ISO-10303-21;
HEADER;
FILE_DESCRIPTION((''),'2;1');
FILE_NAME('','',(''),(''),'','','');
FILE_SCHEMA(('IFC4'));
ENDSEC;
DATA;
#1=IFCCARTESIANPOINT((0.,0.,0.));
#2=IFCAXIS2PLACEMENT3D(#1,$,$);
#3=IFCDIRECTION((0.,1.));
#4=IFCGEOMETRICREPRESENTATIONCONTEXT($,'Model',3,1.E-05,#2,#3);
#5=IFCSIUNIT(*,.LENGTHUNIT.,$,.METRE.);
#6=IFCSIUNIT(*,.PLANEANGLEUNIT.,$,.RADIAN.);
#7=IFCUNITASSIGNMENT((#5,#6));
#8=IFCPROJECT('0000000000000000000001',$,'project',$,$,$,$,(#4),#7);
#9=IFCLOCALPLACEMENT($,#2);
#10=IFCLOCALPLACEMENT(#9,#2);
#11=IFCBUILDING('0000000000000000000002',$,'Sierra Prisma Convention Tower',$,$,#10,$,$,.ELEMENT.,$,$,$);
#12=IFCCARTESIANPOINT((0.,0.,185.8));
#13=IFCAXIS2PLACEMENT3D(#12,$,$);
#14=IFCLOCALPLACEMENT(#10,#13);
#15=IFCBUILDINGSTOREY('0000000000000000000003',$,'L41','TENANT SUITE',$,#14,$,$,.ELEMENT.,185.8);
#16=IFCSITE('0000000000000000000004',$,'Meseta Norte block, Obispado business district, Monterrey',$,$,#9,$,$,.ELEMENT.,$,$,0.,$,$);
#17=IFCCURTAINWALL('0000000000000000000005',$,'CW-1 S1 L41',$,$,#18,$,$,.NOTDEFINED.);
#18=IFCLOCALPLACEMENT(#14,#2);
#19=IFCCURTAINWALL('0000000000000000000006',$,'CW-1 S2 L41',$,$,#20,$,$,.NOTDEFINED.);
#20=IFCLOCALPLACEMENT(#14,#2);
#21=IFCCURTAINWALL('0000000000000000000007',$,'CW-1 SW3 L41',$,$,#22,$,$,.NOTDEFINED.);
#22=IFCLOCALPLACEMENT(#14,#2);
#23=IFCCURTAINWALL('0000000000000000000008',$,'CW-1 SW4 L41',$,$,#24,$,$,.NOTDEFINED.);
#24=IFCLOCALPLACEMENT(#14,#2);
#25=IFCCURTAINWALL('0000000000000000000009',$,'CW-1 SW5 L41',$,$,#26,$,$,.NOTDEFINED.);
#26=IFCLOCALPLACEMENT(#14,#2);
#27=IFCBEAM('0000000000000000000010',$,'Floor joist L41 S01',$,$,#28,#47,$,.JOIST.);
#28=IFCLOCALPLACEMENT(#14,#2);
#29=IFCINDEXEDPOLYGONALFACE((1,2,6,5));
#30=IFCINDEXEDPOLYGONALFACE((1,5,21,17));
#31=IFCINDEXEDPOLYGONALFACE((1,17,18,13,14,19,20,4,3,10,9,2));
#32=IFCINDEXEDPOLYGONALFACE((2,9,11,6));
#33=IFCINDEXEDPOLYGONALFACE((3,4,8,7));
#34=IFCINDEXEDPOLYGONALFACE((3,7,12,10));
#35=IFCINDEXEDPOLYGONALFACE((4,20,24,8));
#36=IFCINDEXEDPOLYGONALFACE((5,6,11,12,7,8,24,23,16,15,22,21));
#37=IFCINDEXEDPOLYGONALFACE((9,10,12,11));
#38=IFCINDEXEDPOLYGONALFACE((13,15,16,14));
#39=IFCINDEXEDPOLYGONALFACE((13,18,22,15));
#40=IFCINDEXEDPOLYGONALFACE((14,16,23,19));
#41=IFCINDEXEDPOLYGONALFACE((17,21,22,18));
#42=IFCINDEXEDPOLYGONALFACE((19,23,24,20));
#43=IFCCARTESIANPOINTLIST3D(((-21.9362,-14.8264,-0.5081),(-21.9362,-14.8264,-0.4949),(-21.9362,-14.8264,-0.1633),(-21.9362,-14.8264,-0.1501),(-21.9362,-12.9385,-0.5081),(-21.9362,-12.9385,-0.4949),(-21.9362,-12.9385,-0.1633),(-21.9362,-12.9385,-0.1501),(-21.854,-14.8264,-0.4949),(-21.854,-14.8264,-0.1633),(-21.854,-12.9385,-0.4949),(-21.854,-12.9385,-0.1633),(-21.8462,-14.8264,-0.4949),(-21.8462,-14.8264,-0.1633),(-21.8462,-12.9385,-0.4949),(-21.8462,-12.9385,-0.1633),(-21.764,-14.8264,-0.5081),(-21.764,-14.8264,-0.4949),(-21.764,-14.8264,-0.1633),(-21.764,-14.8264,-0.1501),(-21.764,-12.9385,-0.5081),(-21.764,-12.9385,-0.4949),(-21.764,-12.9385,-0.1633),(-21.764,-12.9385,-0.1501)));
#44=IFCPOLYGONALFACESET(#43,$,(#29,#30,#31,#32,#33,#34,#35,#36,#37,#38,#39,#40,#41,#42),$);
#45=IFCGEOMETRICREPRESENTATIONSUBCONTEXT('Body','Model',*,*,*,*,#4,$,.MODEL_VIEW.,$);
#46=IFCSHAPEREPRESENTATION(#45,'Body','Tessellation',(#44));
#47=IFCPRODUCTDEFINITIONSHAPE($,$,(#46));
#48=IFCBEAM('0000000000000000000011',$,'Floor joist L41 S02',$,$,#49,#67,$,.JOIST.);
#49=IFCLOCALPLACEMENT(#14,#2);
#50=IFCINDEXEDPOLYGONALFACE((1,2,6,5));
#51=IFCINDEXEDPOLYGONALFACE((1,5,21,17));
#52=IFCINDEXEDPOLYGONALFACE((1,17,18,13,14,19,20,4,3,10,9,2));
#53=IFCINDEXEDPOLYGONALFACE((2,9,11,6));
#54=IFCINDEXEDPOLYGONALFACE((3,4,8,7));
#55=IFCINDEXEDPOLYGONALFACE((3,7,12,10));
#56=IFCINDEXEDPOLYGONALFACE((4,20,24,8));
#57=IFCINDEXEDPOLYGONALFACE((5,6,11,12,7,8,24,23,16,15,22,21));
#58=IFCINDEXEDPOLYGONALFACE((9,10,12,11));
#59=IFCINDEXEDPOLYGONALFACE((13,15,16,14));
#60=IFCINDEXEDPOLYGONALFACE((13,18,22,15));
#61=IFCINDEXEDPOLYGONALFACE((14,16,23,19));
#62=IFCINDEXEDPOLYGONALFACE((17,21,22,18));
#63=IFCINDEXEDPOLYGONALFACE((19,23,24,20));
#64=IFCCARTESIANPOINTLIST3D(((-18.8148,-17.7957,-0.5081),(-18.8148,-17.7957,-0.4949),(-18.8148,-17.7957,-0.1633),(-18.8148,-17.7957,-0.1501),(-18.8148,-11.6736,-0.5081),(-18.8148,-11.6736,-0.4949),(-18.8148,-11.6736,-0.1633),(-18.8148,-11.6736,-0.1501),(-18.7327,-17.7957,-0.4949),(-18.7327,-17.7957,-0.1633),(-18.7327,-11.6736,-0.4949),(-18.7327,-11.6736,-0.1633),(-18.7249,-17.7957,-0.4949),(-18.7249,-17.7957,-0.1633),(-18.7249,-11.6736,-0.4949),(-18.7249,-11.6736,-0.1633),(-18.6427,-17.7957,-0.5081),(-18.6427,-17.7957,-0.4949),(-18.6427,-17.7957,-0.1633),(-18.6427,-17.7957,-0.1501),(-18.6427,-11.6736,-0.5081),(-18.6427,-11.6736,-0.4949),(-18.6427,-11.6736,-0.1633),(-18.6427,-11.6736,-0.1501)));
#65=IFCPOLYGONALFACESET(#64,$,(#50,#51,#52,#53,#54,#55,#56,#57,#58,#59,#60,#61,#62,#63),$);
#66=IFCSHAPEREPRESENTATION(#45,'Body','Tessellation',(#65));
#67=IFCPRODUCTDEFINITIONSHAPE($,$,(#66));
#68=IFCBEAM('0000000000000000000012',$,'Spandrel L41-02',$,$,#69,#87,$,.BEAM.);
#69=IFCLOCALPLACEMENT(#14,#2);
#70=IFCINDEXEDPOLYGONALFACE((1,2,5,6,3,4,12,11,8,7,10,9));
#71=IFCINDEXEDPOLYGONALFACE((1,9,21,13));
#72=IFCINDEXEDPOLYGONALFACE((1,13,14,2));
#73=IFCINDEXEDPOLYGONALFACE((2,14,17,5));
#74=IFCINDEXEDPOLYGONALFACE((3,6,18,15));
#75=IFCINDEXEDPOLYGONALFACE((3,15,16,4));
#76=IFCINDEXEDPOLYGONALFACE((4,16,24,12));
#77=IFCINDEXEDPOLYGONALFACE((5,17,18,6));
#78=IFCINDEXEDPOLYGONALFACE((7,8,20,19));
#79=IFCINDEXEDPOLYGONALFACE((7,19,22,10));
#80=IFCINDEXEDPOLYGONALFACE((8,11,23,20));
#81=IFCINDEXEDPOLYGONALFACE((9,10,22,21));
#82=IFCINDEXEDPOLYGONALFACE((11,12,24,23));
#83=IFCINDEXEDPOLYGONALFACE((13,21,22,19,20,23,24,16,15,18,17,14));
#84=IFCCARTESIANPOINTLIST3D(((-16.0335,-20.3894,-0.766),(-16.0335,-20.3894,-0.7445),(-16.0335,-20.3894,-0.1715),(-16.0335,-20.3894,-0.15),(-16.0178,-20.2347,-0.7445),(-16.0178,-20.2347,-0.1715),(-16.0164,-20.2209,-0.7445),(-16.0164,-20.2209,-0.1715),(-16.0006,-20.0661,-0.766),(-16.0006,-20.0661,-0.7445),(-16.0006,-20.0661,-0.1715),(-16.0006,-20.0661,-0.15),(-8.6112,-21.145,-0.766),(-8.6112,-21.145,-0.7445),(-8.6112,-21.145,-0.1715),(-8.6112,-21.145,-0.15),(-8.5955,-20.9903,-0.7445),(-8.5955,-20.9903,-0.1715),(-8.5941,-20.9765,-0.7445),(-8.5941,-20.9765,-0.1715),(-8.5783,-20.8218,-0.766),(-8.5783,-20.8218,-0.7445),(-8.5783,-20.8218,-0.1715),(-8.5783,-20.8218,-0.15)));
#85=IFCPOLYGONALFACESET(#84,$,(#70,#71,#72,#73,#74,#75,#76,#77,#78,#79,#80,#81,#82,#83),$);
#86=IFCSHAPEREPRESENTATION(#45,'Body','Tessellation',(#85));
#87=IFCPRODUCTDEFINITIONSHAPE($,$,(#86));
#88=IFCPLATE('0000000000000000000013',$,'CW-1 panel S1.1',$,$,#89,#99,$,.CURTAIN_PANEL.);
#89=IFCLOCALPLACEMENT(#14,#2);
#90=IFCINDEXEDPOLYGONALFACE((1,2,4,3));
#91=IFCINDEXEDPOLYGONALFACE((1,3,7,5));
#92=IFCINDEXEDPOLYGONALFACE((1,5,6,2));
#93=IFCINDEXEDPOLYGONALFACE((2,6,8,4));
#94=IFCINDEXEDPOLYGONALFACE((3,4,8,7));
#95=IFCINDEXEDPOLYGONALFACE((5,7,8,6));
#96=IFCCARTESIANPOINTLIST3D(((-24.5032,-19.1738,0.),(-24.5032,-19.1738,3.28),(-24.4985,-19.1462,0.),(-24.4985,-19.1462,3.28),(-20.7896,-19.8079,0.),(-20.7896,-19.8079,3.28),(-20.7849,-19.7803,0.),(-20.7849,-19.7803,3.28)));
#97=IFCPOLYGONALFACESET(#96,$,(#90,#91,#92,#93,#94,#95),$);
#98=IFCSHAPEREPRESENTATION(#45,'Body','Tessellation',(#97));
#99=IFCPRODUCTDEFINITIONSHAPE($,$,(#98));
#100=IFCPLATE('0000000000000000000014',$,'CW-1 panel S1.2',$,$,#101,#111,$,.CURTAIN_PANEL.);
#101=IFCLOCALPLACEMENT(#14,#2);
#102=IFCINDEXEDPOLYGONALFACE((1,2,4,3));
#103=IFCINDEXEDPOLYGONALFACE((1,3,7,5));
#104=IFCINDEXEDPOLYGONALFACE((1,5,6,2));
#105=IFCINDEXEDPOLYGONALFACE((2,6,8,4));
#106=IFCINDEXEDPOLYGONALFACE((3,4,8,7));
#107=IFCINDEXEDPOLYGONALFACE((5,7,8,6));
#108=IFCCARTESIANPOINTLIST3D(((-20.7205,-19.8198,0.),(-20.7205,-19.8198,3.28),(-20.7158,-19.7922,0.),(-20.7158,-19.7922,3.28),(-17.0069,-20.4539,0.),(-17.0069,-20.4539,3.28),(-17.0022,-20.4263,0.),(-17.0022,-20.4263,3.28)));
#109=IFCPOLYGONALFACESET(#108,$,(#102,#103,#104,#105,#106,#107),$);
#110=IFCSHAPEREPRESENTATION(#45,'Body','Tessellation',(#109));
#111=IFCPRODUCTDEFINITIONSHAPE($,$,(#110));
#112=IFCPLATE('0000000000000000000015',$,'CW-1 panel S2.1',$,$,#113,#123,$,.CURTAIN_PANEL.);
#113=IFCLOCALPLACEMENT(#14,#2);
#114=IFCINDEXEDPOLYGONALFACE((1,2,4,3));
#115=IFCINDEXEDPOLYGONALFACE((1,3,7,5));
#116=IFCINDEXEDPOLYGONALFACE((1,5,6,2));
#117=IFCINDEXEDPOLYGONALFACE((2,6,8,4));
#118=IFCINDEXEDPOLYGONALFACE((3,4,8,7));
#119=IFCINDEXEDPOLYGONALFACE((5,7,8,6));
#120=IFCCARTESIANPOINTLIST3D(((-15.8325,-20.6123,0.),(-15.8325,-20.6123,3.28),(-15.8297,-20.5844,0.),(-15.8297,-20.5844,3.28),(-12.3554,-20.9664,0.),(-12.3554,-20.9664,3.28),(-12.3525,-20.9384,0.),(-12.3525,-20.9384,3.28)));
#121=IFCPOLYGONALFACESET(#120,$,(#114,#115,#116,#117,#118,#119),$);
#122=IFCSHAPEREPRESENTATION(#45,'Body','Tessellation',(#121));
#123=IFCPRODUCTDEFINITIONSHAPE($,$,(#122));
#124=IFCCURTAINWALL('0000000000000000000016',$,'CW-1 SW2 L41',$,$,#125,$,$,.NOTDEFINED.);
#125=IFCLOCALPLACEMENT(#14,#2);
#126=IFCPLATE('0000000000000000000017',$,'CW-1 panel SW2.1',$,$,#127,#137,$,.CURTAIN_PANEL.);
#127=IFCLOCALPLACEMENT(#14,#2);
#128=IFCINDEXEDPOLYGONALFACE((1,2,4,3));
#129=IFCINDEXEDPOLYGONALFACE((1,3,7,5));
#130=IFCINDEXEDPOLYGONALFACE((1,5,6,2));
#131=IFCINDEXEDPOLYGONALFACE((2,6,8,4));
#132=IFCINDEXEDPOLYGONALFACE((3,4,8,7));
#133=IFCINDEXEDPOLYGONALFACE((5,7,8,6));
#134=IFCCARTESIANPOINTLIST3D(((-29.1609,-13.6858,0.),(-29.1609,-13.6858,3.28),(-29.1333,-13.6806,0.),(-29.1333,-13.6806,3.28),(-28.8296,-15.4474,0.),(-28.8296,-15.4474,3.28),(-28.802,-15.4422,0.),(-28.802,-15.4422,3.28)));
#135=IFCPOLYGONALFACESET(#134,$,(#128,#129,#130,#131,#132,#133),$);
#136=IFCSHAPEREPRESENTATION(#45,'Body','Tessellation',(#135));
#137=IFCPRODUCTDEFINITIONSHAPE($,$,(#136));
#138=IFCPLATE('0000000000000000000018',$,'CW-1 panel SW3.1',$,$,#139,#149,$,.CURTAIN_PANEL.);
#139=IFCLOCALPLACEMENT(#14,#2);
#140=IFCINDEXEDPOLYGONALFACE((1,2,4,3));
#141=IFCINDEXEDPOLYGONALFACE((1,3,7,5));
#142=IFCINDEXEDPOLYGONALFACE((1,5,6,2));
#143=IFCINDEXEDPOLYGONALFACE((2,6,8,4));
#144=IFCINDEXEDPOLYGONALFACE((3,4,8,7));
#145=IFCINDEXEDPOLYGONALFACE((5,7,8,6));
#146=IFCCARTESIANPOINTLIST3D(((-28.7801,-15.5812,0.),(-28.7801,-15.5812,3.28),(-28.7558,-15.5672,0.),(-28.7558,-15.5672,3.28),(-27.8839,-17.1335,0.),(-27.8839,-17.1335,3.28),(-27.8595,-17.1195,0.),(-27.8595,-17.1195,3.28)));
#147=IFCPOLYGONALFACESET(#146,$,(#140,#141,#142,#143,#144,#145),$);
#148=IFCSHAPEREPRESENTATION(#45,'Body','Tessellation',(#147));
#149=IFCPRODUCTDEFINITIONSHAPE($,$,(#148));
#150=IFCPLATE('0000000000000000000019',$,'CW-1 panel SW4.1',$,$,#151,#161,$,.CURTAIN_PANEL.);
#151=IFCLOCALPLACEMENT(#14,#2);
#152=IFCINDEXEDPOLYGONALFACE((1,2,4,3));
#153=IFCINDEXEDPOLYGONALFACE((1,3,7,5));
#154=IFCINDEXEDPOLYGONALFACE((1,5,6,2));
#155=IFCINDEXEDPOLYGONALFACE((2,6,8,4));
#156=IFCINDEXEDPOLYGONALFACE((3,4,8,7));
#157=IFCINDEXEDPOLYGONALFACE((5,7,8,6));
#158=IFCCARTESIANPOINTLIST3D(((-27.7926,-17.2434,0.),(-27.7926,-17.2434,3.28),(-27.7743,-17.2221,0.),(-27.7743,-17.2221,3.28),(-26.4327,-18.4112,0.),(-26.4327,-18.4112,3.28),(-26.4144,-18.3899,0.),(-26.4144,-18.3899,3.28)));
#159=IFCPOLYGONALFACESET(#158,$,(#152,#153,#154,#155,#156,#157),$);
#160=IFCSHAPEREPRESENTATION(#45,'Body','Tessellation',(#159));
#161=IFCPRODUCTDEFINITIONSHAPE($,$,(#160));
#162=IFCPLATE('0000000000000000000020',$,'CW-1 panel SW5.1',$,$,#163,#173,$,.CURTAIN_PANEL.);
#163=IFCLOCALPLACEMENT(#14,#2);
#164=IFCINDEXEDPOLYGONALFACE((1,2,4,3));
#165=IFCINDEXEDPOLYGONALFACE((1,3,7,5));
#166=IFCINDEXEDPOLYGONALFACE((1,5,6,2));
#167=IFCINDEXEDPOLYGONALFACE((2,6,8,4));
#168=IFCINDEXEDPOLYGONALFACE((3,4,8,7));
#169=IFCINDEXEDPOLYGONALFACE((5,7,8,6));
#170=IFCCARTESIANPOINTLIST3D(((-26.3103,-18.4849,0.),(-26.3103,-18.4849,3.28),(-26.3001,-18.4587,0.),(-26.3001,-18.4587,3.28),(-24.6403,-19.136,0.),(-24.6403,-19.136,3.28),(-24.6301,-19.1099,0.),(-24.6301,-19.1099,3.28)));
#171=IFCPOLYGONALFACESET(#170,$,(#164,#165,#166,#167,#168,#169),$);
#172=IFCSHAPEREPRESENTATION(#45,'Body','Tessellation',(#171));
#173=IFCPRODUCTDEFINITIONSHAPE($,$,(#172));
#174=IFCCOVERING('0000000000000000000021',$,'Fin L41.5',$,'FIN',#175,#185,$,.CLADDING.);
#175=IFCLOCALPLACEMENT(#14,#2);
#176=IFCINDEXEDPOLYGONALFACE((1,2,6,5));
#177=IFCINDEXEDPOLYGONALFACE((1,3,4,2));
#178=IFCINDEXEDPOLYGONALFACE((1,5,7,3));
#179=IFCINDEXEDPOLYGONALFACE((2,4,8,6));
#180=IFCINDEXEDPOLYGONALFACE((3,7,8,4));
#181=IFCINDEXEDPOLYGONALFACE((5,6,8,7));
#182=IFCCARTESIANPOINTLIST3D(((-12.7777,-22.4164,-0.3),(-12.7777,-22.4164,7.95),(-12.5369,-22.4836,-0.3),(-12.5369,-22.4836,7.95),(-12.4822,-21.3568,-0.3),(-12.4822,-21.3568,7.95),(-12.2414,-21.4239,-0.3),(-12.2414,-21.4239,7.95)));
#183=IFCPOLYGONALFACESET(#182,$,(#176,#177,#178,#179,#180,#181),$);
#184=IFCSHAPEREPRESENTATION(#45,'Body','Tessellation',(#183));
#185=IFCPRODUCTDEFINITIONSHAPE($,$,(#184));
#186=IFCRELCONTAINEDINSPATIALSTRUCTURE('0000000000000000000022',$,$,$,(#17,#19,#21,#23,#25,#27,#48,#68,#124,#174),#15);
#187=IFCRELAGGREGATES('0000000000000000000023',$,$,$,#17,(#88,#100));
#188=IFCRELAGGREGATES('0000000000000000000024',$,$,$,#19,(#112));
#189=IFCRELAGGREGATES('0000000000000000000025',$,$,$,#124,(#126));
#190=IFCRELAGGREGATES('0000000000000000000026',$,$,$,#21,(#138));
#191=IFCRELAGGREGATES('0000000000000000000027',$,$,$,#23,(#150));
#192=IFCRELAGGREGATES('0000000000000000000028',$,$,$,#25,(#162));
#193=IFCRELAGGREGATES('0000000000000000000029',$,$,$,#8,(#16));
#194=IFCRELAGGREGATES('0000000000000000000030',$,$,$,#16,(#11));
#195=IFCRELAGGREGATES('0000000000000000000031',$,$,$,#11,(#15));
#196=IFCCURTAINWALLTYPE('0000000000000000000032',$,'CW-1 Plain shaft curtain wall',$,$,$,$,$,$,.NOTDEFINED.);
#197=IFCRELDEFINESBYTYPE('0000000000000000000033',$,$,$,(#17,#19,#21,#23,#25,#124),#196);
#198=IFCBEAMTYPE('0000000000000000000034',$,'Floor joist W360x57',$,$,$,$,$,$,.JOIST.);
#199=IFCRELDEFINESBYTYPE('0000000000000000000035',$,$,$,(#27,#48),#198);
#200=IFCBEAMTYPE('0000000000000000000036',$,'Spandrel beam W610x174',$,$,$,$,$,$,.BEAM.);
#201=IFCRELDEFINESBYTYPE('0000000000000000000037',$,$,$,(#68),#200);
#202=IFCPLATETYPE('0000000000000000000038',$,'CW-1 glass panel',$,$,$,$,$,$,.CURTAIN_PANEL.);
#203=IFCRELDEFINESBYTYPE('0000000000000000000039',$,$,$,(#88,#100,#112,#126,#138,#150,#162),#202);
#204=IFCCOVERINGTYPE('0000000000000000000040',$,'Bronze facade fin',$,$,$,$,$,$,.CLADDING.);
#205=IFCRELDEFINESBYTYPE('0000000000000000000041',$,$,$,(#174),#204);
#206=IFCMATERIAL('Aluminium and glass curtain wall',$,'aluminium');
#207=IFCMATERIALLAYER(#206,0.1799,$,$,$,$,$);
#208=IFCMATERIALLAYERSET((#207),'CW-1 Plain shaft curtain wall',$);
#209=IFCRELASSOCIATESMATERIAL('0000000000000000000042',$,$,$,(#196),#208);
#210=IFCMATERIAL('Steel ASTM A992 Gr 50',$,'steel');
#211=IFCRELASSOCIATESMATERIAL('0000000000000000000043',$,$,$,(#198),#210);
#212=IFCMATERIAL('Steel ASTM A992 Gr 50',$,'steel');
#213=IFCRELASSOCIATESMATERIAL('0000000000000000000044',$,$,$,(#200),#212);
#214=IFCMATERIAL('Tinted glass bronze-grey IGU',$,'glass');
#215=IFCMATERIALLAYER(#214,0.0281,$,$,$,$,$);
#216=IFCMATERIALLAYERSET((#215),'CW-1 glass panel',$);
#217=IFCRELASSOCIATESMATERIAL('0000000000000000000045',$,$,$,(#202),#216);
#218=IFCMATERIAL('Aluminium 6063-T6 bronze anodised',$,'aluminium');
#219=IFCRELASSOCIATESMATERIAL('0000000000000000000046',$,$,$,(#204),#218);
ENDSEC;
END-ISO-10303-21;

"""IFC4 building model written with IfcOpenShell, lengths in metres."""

from ifc_helpers import new_model, si_unit, direction, frame, origin, origin_2d, place, context, subcontext, project, spatial, rectangle, i_section, extrude, material, layer, layer_set, material_profile, profile_set, type_object, element, aggregate, save


model = new_model("IFC4")

# Units and contexts
model_context = context("Model", 3, precision=1e-05, world=origin(), true_north=direction((0.0, 1.0)))
body_context = subcontext(model_context, "Body", "Model", "MODEL_VIEW")
ifc_project = project(units=[si_unit("LENGTHUNIT", "METRE"), si_unit("PLANEANGLEUNIT", "RADIAN")], contexts=[model_context])

# Site, building, storey
site_placement = place(None, origin())
site = spatial("IfcSite", under=ifc_project, at=site_placement, Name="Meseta Norte block, Obispado business district, Monterrey", CompositionType="ELEMENT", RefElevation=0.0)
building_placement = place(site_placement, origin())
building = spatial("IfcBuilding", under=site, at=building_placement, Name="Sierra Prisma Convention Tower", CompositionType="ELEMENT")
storey_placement = place(building_placement, frame((0.0, 0.0, 185.8)))
storey = spatial("IfcBuildingStorey", under=building, at=storey_placement, Name="L41", Description="TENANT SUITE", CompositionType="ELEMENT", Elevation=185.8)

# Curtain wall
ifc_material_1 = material(Name="Aluminium and glass curtain wall", Category="aluminium")
ifc_layer_1 = layer(ifc_material_1, 0.1799)
ifc_layer_set_1 = layer_set([ifc_layer_1], Name="CW-1 Plain shaft curtain wall")
curtain_wall_type = type_object("IfcCurtainWallType", Name="CW-1 Plain shaft curtain wall", PredefinedType="NOTDEFINED", material=ifc_layer_set_1)
curtain_wall_1_placement = place(storey_placement, origin())
curtain_wall_1 = element("IfcCurtainWall", 1, at=curtain_wall_1_placement, inside=storey, type_object=curtain_wall_type, Name="CW-1 S1 L41", PredefinedType="NOTDEFINED")

# Curtain walls
curtain_wall_2_placement = place(storey_placement, origin())
curtain_wall_2 = element("IfcCurtainWall", 2, at=curtain_wall_2_placement, inside=storey, type_object=curtain_wall_type, Name="CW-1 S2 L41", PredefinedType="NOTDEFINED")
curtain_wall_3_placement = place(storey_placement, origin())
curtain_wall_3 = element("IfcCurtainWall", 3, at=curtain_wall_3_placement, inside=storey, type_object=curtain_wall_type, Name="CW-1 SW3 L41", PredefinedType="NOTDEFINED")
curtain_wall_4_placement = place(storey_placement, origin())
curtain_wall_4 = element("IfcCurtainWall", 4, at=curtain_wall_4_placement, inside=storey, type_object=curtain_wall_type, Name="CW-1 SW4 L41", PredefinedType="NOTDEFINED")
curtain_wall_5_placement = place(storey_placement, origin())
curtain_wall_5 = element("IfcCurtainWall", 5, at=curtain_wall_5_placement, inside=storey, type_object=curtain_wall_type, Name="CW-1 SW5 L41", PredefinedType="NOTDEFINED")

# Beams
ifc_material_2 = material(Name="Steel ASTM A992 Gr 50", Category="steel")
ifc_material_profile_1 = material_profile(ifc_material_2, i_section(OverallWidth=0.1721, OverallDepth=0.3579, WebThickness=0.0078, FlangeThickness=0.0132, at=origin_2d()), Name="W360x57")
ifc_profile_set_1 = profile_set([ifc_material_profile_1], Name="Steel ASTM A992 Gr 50")
beam_type_1 = type_object("IfcBeamType", Name="Floor joist W360x57", PredefinedType="JOIST", material=ifc_profile_set_1)
beam_1_placement = place(storey_placement, frame((-21.8501, -14.8264, -0.3291), z_axis=(0.0, 1.0, 0.0), x_axis=(-1.0, 0.0, 0.0)))
element("IfcBeam", 6, at=beam_1_placement, inside=storey, type_object=beam_type_1, Name="Floor joist L41 S01", PredefinedType="JOIST", context=body_context, shape_type="SweptSolid", body=[
    extrude(i_section(OverallWidth=0.1721, OverallDepth=0.3579, WebThickness=0.0078, FlangeThickness=0.0132, at=origin_2d()), origin(), (0.0, 0.0, 1.0), 1.8879),
])
beam_2_placement = place(storey_placement, frame((-18.7288, -17.7957, -0.3291), z_axis=(0.0, 1.0, 0.0), x_axis=(-1.0, 0.0, 0.0)))
element("IfcBeam", 7, at=beam_2_placement, inside=storey, type_object=beam_type_1, Name="Floor joist L41 S02", PredefinedType="JOIST", context=body_context, shape_type="SweptSolid", body=[
    extrude(i_section(OverallWidth=0.1721, OverallDepth=0.3579, WebThickness=0.0078, FlangeThickness=0.0132, at=origin_2d()), origin(), (0.0, 0.0, 1.0), 6.1221),
])
ifc_material_3 = material(Name="Steel ASTM A992 Gr 50", Category="steel")
ifc_material_profile_2 = material_profile(ifc_material_3, i_section(OverallWidth=0.325, OverallDepth=0.616, WebThickness=0.0139, FlangeThickness=0.0215, at=origin_2d()), Name="W610x174")
ifc_profile_set_2 = profile_set([ifc_material_profile_2], Name="Steel ASTM A992 Gr 50")
beam_type_2 = type_object("IfcBeamType", Name="Spandrel beam W610x174", PredefinedType="BEAM", material=ifc_profile_set_2)
beam_3_placement = place(storey_placement, frame((-16.0171, -20.2278, -0.458), z_axis=(0.994858, -0.101279, 0.0), x_axis=(0.101279, 0.994858, 0.0)))
element("IfcBeam", 8, at=beam_3_placement, inside=storey, type_object=beam_type_2, Name="Spandrel L41-02", PredefinedType="BEAM", context=body_context, shape_type="SweptSolid", body=[
    extrude(i_section(OverallWidth=0.325, OverallDepth=0.616, WebThickness=0.0139, FlangeThickness=0.0215, at=origin_2d()), origin(), (0.0, 0.0, 1.0), 7.4607),
])

# Plates
ifc_material_4 = material(Name="Tinted glass bronze-grey IGU", Category="glass")
ifc_layer_2 = layer(ifc_material_4, 0.0281)
ifc_layer_set_2 = layer_set([ifc_layer_2], Name="CW-1 glass panel")
plate_type = type_object("IfcPlateType", Name="CW-1 glass panel", PredefinedType="CURTAIN_PANEL", material=ifc_layer_set_2)
plate_1_placement = place(storey_placement, frame((-22.644, -19.4771, 0.0), z_axis=(0.0, 0.0, 1.0), x_axis=(0.985734, -0.168313, 0.0)))
plate_1 = element("IfcPlate", 9, at=plate_1_placement, type_object=plate_type, Name="CW-1 panel S1.1", PredefinedType="CURTAIN_PANEL", context=body_context, shape_type="SweptSolid", body=[
    extrude(rectangle(XDim=3.7673, YDim=0.0281, at=origin_2d()), origin(), (0.0, 0.0, 1.0), 3.28),
])
plate_2_placement = place(storey_placement, frame((-18.8613, -20.123, 0.0), z_axis=(0.0, 0.0, 1.0), x_axis=(0.985734, -0.168313, 0.0)))
plate_2 = element("IfcPlate", 10, at=plate_2_placement, type_object=plate_type, Name="CW-1 panel S1.2", PredefinedType="CURTAIN_PANEL", context=body_context, shape_type="SweptSolid", body=[
    extrude(rectangle(XDim=3.7673, YDim=0.0281, at=origin_2d()), origin(), (0.0, 0.0, 1.0), 3.28),
])
aggregate(curtain_wall_1, [plate_1, plate_2])
plate_3_placement = place(storey_placement, frame((-14.0925, -20.7754, 0.0), z_axis=(0.0, 0.0, 1.0), x_axis=(0.994856, -0.101297, 0.0)))
plate_3 = element("IfcPlate", 11, at=plate_3_placement, type_object=plate_type, Name="CW-1 panel S2.1", PredefinedType="CURTAIN_PANEL", context=body_context, shape_type="SweptSolid", body=[
    extrude(rectangle(XDim=3.4951, YDim=0.0281, at=origin_2d()), origin(), (0.0, 0.0, 1.0), 3.28),
])
aggregate(curtain_wall_2, [plate_3])

# Curtain wall, plate
curtain_wall_6_placement = place(storey_placement, origin())
curtain_wall_6 = element("IfcCurtainWall", 12, at=curtain_wall_6_placement, inside=storey, type_object=curtain_wall_type, Name="CW-1 SW2 L41", PredefinedType="NOTDEFINED")
plate_4_placement = place(storey_placement, frame((-28.9814, -14.564, 0.0), z_axis=(0.0, 0.0, 1.0), x_axis=(0.184827, -0.982771, 0.0)))
plate_4 = element("IfcPlate", 13, at=plate_4_placement, type_object=plate_type, Name="CW-1 panel SW2.1", PredefinedType="CURTAIN_PANEL", context=body_context, shape_type="SweptSolid", body=[
    extrude(rectangle(XDim=1.7925, YDim=0.0281, at=origin_2d()), origin(), (0.0, 0.0, 1.0), 3.28),
])
aggregate(curtain_wall_6, [plate_4])

# Plates
plate_5_placement = place(storey_placement, frame((-28.3198, -16.3503, 0.0), z_axis=(0.0, 0.0, 1.0), x_axis=(0.5, -0.866025, 0.0)))
plate_5 = element("IfcPlate", 14, at=plate_5_placement, type_object=plate_type, Name="CW-1 panel SW3.1", PredefinedType="CURTAIN_PANEL", context=body_context, shape_type="SweptSolid", body=[
    extrude(rectangle(XDim=1.7925, YDim=0.0281, at=origin_2d()), origin(), (0.0, 0.0, 1.0), 3.28),
])
aggregate(curtain_wall_3, [plate_5])
plate_6_placement = place(storey_placement, frame((-27.1035, -17.8167, 0.0), z_axis=(0.0, 0.0, 1.0), x_axis=(0.758691, -0.651451, 0.0)))
plate_6 = element("IfcPlate", 15, at=plate_6_placement, type_object=plate_type, Name="CW-1 panel SW4.1", PredefinedType="CURTAIN_PANEL", context=body_context, shape_type="SweptSolid", body=[
    extrude(rectangle(XDim=1.7925, YDim=0.0281, at=origin_2d()), origin(), (0.0, 0.0, 1.0), 3.28),
])
aggregate(curtain_wall_4, [plate_6])
plate_7_placement = place(storey_placement, frame((-25.4702, -18.7974, 0.0), z_axis=(0.0, 0.0, 1.0), x_axis=(0.931678, -0.363286, 0.0)))
plate_7 = element("IfcPlate", 16, at=plate_7_placement, type_object=plate_type, Name="CW-1 panel SW5.1", PredefinedType="CURTAIN_PANEL", context=body_context, shape_type="SweptSolid", body=[
    extrude(rectangle(XDim=1.7925, YDim=0.0281, at=origin_2d()), origin(), (0.0, 0.0, 1.0), 3.28),
])
aggregate(curtain_wall_5, [plate_7])

# Covering
ifc_material_5 = material(Name="Aluminium 6063-T6 bronze anodised", Category="aluminium")
ifc_material_profile_3 = material_profile(ifc_material_5, rectangle(XDim=1.1001, YDim=0.25, at=origin_2d()), Name="ALU FIN 1100x250")
ifc_profile_set_3 = profile_set([ifc_material_profile_3], Name="Aluminium 6063-T6 bronze anodised")
covering_type = type_object("IfcCoveringType", Name="Bronze facade fin", PredefinedType="CLADDING", material=ifc_profile_set_3)
covering_placement = place(storey_placement, frame((-12.5095, -21.9202, -0.3), z_axis=(0.0, 0.0, 1.0), x_axis=(-0.268605, -0.96325, 0.0)))
element("IfcCovering", 17, at=covering_placement, inside=storey, type_object=covering_type, Name="Fin L41.5", ObjectType="FIN", PredefinedType="CLADDING", context=body_context, shape_type="SweptSolid", body=[
    extrude(rectangle(XDim=1.1001, YDim=0.25, at=origin_2d()), origin(), (0.0, 0.0, 1.0), 8.25),
])

save(model, "model.ifc")
